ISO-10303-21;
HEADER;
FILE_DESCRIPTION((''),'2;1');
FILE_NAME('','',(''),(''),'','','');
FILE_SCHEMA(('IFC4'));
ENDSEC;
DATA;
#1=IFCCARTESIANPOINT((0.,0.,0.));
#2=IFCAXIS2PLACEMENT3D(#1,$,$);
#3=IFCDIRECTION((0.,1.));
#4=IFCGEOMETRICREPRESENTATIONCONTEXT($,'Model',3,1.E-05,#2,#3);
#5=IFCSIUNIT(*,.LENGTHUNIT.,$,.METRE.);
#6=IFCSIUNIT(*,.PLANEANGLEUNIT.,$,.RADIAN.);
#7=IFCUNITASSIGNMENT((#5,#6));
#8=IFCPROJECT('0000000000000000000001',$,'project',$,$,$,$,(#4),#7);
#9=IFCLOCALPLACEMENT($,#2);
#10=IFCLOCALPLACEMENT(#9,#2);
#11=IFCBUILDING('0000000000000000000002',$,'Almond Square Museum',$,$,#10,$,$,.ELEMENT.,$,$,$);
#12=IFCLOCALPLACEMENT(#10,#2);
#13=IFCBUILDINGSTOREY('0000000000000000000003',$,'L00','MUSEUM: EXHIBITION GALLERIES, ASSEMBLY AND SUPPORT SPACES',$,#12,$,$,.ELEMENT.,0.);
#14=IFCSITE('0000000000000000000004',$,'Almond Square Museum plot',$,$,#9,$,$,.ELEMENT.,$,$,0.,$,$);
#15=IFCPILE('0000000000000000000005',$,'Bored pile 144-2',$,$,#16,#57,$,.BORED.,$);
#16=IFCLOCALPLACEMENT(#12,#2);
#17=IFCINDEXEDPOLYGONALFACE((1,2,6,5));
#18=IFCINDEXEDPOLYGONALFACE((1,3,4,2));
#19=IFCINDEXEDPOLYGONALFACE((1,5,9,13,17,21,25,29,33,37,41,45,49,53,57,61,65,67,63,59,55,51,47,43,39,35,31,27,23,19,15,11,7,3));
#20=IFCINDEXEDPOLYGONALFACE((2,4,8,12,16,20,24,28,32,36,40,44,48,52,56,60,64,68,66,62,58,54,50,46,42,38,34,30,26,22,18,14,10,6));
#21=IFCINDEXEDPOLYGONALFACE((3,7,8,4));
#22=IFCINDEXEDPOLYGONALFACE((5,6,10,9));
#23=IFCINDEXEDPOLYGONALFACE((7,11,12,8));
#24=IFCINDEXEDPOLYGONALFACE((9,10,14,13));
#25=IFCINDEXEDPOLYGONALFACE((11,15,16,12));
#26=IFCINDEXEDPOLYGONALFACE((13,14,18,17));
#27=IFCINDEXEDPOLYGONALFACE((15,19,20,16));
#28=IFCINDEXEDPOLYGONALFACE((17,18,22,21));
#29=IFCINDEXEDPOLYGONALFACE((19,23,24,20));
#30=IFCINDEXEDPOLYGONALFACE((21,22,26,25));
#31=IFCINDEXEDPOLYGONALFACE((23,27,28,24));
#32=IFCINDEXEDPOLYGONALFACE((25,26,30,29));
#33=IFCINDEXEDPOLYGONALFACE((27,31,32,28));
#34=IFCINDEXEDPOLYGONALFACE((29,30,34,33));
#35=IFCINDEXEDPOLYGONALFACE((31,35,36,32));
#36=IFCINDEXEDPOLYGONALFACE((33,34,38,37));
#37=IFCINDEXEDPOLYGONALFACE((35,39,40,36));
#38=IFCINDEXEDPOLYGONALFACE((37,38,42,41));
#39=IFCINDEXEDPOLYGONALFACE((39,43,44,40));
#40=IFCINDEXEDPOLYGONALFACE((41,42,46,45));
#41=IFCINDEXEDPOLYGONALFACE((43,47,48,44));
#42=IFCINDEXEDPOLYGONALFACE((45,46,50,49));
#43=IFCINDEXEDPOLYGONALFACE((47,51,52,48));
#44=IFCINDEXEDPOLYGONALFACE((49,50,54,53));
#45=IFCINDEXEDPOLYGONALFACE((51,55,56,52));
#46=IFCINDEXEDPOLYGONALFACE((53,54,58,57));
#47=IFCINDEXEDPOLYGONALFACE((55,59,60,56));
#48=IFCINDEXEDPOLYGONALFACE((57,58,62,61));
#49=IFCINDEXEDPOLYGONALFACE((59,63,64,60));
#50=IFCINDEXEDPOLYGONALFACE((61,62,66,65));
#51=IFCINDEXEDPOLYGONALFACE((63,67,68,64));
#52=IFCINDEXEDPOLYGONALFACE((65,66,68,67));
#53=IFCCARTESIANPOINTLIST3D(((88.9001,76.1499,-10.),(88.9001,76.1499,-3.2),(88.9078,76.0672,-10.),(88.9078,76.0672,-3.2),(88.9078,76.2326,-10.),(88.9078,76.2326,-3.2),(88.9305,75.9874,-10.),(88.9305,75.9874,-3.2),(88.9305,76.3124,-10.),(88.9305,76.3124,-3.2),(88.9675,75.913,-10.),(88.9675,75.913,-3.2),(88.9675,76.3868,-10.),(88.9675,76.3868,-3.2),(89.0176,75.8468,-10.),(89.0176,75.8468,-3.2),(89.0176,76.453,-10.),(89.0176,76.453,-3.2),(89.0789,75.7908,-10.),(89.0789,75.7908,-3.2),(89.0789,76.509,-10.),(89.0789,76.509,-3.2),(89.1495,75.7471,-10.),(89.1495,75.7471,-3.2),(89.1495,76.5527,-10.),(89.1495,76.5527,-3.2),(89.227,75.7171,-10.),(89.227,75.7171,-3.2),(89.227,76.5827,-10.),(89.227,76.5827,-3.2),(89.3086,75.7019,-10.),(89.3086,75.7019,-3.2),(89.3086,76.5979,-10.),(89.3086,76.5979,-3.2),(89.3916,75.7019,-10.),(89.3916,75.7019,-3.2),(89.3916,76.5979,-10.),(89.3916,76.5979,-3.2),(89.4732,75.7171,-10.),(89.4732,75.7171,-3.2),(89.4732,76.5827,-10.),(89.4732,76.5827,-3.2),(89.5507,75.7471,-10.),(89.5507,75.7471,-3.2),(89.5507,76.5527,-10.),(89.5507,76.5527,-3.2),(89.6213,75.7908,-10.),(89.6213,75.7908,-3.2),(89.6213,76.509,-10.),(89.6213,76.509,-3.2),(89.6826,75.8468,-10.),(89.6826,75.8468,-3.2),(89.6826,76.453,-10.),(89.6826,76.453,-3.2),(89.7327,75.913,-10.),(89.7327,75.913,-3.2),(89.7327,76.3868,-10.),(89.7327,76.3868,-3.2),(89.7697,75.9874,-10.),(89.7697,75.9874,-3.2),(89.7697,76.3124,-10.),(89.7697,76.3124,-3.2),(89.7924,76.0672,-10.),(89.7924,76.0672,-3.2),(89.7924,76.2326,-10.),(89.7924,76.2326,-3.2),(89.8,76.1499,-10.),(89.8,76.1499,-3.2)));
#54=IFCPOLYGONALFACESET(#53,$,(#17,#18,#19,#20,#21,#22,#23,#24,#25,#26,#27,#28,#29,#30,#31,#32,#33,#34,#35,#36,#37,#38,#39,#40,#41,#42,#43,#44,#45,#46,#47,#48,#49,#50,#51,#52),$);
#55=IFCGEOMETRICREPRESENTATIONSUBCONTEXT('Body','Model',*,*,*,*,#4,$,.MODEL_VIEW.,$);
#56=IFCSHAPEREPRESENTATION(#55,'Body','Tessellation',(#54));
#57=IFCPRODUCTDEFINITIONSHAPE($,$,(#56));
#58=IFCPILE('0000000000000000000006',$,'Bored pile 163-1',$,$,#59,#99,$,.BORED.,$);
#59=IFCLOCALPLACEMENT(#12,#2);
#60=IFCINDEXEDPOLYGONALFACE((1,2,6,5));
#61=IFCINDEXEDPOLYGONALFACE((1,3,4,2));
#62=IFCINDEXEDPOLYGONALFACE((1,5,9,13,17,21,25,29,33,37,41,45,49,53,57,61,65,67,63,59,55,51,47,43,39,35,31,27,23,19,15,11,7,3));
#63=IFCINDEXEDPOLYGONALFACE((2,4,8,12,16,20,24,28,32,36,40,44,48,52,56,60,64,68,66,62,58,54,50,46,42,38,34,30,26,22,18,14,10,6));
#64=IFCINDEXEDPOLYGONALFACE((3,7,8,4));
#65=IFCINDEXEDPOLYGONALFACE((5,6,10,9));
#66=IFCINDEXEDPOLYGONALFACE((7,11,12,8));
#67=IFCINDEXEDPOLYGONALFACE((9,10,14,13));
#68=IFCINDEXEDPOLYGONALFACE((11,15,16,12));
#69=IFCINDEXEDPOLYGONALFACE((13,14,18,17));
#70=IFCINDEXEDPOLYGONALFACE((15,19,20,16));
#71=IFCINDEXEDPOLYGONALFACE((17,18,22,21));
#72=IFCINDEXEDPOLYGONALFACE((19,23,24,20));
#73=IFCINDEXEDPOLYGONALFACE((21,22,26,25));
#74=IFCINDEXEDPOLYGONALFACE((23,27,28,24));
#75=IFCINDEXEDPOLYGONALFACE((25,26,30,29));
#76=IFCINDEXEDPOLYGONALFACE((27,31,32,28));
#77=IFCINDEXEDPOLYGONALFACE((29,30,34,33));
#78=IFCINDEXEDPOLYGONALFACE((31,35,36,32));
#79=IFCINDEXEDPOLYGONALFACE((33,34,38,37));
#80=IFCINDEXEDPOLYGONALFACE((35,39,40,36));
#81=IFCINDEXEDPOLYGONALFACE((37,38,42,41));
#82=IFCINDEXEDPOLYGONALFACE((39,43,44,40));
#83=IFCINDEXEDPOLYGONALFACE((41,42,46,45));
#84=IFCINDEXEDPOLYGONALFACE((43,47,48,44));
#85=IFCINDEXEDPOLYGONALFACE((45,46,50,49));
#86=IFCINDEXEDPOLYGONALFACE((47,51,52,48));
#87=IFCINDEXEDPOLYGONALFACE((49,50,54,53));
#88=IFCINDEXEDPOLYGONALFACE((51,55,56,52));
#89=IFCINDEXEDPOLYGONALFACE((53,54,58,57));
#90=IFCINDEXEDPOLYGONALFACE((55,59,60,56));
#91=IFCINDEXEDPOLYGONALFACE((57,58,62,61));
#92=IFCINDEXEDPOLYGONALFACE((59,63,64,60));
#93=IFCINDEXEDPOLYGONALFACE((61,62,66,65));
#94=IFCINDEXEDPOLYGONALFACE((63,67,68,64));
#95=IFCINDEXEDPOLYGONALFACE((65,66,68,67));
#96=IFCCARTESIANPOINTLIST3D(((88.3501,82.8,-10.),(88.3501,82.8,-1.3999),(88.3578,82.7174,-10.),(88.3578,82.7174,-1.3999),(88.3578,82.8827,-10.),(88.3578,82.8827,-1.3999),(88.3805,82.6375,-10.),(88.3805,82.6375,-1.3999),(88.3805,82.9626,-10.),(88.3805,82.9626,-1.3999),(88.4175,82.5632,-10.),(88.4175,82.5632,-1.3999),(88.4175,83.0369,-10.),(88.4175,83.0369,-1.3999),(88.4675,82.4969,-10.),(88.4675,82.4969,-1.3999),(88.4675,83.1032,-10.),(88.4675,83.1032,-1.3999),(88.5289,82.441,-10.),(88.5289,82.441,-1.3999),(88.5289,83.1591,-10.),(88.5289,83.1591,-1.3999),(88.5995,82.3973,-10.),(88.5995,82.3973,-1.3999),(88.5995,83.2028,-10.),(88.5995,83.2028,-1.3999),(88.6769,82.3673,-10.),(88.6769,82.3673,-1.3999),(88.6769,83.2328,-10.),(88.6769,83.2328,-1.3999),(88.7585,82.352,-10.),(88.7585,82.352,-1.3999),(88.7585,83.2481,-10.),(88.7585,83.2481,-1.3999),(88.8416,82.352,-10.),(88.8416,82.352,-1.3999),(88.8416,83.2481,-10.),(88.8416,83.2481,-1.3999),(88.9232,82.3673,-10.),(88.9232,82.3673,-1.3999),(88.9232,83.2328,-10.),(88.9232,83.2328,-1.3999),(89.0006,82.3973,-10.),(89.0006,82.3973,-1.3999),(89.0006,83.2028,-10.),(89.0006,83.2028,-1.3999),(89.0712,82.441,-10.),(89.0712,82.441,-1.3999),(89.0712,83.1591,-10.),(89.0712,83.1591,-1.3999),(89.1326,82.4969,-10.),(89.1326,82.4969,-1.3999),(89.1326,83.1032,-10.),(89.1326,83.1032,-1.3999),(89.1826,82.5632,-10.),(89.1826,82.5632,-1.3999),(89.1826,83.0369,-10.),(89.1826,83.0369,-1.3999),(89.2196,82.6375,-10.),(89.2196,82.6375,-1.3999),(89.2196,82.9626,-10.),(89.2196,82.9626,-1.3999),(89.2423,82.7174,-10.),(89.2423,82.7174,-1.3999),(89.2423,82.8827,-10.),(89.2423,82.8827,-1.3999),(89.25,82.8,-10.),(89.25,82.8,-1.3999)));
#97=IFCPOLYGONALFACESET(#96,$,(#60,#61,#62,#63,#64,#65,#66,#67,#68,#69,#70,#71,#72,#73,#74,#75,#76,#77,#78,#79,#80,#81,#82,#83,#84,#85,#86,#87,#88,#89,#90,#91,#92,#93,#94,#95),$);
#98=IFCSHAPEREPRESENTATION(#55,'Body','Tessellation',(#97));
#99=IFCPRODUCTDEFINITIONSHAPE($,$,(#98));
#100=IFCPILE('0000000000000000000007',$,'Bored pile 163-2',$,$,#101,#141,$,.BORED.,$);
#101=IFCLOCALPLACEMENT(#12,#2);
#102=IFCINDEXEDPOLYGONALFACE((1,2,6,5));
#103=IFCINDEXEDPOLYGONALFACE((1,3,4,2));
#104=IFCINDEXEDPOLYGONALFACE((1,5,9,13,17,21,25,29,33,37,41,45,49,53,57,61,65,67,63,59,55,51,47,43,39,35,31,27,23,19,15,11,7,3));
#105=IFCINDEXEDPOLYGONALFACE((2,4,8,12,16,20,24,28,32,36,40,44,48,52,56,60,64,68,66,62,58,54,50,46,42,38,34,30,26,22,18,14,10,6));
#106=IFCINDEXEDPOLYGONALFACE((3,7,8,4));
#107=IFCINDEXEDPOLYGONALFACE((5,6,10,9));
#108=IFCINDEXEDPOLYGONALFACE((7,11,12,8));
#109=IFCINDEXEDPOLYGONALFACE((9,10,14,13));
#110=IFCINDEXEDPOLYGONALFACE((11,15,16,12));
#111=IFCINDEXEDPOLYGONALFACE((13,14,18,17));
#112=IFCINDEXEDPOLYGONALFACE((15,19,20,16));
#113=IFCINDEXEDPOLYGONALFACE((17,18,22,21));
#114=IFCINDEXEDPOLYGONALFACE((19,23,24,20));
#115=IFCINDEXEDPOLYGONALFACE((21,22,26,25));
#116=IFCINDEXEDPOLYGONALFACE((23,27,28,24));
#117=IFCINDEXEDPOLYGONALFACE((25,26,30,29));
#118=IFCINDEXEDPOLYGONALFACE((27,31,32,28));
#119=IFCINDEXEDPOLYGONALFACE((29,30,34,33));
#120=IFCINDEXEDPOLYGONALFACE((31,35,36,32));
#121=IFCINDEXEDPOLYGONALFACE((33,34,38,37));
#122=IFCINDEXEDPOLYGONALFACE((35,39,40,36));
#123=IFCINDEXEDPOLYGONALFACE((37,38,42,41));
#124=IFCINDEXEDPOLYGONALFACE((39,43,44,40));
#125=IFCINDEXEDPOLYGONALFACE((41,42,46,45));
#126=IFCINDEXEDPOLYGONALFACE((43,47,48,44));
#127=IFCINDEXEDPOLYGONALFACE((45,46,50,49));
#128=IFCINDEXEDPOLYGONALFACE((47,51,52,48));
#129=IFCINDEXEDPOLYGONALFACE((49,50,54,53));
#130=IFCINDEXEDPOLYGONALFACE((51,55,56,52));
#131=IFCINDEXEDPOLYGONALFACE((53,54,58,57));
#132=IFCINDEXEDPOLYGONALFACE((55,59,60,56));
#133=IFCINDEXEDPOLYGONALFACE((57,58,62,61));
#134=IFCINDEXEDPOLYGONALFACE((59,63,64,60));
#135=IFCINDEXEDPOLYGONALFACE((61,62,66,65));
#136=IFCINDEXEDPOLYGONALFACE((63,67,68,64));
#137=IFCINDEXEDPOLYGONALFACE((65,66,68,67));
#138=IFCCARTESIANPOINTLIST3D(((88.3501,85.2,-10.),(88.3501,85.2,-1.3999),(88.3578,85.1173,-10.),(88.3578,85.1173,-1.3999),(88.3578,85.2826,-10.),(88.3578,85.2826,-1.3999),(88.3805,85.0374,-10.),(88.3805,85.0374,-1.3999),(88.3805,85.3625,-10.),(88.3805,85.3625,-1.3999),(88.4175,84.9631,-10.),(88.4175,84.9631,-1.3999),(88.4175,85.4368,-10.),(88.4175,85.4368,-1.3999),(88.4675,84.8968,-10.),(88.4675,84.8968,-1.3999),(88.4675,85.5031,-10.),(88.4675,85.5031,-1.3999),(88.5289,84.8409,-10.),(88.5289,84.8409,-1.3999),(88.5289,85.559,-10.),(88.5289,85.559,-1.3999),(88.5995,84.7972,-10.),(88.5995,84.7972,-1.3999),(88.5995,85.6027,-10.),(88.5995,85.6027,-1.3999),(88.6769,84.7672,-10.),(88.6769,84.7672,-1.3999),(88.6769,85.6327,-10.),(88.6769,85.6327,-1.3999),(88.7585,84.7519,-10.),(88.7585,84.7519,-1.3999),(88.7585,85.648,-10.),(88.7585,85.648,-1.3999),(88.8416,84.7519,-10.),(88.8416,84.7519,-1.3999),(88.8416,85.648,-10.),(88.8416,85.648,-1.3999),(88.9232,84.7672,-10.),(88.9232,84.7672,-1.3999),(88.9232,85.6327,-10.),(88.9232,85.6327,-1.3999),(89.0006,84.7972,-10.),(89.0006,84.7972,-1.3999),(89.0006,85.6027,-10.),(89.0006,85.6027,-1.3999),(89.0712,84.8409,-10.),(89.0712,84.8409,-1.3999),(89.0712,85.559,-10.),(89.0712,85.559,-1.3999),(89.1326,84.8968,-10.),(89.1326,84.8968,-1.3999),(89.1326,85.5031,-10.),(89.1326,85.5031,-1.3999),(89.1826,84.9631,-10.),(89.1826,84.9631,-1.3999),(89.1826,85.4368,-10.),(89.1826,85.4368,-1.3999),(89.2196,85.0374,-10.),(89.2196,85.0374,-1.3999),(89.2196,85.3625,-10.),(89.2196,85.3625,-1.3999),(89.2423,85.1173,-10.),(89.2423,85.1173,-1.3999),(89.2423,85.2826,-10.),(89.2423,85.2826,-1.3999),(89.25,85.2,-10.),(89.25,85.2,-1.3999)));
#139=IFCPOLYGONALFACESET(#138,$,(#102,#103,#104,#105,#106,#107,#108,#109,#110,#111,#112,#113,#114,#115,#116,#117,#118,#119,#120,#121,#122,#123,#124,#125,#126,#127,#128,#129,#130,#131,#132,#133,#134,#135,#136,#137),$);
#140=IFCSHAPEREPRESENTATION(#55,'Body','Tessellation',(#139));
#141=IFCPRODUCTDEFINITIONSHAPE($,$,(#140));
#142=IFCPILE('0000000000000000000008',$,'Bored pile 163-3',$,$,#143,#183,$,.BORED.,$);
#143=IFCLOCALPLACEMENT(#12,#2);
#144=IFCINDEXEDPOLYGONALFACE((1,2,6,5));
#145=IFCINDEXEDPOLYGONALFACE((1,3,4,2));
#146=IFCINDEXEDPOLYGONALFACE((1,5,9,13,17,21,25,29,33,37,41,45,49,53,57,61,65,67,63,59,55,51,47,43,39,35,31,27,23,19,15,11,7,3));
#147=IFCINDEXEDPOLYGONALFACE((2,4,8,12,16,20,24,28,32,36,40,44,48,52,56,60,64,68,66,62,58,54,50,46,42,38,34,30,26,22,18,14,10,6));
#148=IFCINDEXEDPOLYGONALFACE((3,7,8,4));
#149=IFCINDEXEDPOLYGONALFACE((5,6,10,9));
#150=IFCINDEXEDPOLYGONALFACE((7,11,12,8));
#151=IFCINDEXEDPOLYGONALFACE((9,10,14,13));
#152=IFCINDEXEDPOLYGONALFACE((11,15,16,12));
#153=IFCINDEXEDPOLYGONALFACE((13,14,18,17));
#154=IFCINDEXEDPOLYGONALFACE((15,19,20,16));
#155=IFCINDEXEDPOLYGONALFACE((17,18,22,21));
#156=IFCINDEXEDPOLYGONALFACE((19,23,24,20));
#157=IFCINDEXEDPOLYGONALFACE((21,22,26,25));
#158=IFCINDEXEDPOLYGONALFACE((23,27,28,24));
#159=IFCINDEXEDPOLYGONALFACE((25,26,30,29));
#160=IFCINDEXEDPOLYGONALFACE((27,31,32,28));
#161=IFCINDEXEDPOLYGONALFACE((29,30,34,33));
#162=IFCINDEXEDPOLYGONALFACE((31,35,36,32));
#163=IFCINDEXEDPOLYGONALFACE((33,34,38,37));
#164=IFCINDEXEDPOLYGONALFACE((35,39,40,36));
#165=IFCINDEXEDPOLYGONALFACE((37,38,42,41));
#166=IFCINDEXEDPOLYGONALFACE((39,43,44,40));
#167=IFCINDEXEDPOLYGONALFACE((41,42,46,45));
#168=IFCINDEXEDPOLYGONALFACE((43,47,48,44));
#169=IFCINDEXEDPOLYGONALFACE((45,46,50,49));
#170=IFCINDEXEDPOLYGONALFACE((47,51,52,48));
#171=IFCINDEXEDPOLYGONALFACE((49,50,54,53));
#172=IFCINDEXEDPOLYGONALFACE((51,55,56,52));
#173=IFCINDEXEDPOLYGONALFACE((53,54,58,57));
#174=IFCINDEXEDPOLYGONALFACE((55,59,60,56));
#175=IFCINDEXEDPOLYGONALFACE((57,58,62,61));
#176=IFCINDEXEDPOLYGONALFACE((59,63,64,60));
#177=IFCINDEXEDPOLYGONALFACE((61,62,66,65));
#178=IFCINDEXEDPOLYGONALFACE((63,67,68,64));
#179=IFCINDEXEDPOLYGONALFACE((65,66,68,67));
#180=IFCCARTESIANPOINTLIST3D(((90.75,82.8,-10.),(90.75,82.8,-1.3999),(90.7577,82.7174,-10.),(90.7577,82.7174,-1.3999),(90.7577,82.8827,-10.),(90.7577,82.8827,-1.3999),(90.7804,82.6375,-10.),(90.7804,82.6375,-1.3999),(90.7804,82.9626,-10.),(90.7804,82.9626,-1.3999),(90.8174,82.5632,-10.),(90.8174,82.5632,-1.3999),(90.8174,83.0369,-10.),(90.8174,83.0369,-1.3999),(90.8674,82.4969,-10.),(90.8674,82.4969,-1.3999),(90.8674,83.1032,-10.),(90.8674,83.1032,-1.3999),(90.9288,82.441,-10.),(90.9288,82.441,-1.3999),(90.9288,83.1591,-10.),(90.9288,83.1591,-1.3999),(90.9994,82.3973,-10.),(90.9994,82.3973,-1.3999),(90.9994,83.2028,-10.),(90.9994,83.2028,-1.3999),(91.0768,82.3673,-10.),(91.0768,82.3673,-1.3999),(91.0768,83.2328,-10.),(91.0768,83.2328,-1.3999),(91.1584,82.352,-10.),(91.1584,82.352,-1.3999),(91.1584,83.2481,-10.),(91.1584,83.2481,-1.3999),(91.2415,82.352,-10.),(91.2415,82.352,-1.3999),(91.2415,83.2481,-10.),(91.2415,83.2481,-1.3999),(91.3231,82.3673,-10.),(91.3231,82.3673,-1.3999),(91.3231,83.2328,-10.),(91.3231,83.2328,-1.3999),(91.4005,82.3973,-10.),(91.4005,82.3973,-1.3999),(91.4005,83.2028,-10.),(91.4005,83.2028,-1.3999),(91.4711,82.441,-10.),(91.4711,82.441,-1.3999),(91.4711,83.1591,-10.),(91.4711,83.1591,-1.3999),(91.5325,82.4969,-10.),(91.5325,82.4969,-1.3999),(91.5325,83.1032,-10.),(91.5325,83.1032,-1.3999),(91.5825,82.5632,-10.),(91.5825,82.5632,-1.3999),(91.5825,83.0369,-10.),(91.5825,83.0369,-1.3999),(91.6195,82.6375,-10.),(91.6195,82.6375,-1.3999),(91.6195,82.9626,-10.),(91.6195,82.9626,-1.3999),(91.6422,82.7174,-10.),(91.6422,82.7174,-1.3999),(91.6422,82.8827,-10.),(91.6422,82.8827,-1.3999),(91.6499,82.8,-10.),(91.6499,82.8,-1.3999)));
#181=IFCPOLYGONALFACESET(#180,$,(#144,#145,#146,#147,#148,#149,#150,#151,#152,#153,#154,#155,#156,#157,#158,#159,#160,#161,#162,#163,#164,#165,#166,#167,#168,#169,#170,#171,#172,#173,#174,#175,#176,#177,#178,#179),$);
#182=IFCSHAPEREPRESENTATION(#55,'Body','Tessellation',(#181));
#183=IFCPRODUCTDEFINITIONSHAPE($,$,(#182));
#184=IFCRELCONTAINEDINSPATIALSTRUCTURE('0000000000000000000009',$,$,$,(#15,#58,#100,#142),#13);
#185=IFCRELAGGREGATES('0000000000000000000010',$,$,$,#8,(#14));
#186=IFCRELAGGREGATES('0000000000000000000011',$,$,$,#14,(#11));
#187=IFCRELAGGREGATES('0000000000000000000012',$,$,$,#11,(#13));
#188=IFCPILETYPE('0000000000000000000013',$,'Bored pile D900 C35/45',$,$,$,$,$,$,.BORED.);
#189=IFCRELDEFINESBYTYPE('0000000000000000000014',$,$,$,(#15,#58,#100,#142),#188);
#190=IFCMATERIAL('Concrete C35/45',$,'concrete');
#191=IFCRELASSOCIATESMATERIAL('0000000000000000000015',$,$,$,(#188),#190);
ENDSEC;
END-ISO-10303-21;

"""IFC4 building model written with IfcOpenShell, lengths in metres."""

from ifc_helpers import new_model, si_unit, direction, frame, origin, origin_2d, place, context, subcontext, project, spatial, circle, extrude, material, material_profile, profile_set, type_object, element, save


model = new_model("IFC4")

# Units and contexts
model_context = context("Model", 3, precision=1e-05, world=origin(), true_north=direction((0.0, 1.0)))
body_context = subcontext(model_context, "Body", "Model", "MODEL_VIEW")
ifc_project = project(units=[si_unit("LENGTHUNIT", "METRE"), si_unit("PLANEANGLEUNIT", "RADIAN")], contexts=[model_context])

# Site, building, storey
site_placement = place(None, origin())
site = spatial("IfcSite", under=ifc_project, at=site_placement, Name="Almond Square Museum plot", CompositionType="ELEMENT", RefElevation=0.0)
building_placement = place(site_placement, origin())
building = spatial("IfcBuilding", under=site, at=building_placement, Name="Almond Square Museum", CompositionType="ELEMENT")
storey_placement = place(building_placement, origin())
storey = spatial("IfcBuildingStorey", under=building, at=storey_placement, Name="L00", Description="MUSEUM: EXHIBITION GALLERIES, ASSEMBLY AND SUPPORT SPACES", CompositionType="ELEMENT", Elevation=0.0)

# Piles
ifc_material_1 = material(Name="Concrete C35/45", Category="concrete")
ifc_material_profile_1 = material_profile(ifc_material_1, circle(Radius=0.45, at=origin_2d()))
ifc_profile_set_1 = profile_set([ifc_material_profile_1], Name="Concrete C35/45")
pile_type = type_object("IfcPileType", Name="Bored pile D900 C35/45", PredefinedType="BORED", material=ifc_profile_set_1)
pile_placement = place(storey_placement, frame((89.3501, 76.1499, -3.2), z_axis=(0.0, 0.0, -1.0), x_axis=(1.0, 0.0, 0.0)))
element("IfcPile", 1, at=pile_placement, inside=storey, type_object=pile_type, Name="Bored pile 144-2", PredefinedType="BORED", context=body_context, shape_type="SweptSolid", body=[
    extrude(circle(Radius=0.45, at=origin_2d()), origin(), (0.0, 0.0, 1.0), 6.8),
])
for number, where, z_axis, x_axis, name in (
    (2, (88.8, 82.8, -1.3999), (0.0, 0.0, -1.0), (1.0, 0.0, 0.0), "Bored pile 163-1"),
    (3, (88.8, 85.2, -1.3999), (0.0, 0.0, -1.0), (1.0, 0.0, 0.0), "Bored pile 163-2"),
    (4, (91.2, 82.8, -1.3999), (0.0, 0.0, -1.0), (1.0, 0.0, 0.0), "Bored pile 163-3"),
):
    element("IfcPile", number, at=place(storey_placement, frame(where, z_axis=z_axis, x_axis=x_axis)), inside=storey, type_object=pile_type, Name=name, PredefinedType="BORED", context=body_context, shape_type="SweptSolid", body=[
        extrude(circle(Radius=0.45, at=origin_2d()), origin(), (0.0, 0.0, 1.0), 8.6001),
    ])

save(model, "model.ifc")
